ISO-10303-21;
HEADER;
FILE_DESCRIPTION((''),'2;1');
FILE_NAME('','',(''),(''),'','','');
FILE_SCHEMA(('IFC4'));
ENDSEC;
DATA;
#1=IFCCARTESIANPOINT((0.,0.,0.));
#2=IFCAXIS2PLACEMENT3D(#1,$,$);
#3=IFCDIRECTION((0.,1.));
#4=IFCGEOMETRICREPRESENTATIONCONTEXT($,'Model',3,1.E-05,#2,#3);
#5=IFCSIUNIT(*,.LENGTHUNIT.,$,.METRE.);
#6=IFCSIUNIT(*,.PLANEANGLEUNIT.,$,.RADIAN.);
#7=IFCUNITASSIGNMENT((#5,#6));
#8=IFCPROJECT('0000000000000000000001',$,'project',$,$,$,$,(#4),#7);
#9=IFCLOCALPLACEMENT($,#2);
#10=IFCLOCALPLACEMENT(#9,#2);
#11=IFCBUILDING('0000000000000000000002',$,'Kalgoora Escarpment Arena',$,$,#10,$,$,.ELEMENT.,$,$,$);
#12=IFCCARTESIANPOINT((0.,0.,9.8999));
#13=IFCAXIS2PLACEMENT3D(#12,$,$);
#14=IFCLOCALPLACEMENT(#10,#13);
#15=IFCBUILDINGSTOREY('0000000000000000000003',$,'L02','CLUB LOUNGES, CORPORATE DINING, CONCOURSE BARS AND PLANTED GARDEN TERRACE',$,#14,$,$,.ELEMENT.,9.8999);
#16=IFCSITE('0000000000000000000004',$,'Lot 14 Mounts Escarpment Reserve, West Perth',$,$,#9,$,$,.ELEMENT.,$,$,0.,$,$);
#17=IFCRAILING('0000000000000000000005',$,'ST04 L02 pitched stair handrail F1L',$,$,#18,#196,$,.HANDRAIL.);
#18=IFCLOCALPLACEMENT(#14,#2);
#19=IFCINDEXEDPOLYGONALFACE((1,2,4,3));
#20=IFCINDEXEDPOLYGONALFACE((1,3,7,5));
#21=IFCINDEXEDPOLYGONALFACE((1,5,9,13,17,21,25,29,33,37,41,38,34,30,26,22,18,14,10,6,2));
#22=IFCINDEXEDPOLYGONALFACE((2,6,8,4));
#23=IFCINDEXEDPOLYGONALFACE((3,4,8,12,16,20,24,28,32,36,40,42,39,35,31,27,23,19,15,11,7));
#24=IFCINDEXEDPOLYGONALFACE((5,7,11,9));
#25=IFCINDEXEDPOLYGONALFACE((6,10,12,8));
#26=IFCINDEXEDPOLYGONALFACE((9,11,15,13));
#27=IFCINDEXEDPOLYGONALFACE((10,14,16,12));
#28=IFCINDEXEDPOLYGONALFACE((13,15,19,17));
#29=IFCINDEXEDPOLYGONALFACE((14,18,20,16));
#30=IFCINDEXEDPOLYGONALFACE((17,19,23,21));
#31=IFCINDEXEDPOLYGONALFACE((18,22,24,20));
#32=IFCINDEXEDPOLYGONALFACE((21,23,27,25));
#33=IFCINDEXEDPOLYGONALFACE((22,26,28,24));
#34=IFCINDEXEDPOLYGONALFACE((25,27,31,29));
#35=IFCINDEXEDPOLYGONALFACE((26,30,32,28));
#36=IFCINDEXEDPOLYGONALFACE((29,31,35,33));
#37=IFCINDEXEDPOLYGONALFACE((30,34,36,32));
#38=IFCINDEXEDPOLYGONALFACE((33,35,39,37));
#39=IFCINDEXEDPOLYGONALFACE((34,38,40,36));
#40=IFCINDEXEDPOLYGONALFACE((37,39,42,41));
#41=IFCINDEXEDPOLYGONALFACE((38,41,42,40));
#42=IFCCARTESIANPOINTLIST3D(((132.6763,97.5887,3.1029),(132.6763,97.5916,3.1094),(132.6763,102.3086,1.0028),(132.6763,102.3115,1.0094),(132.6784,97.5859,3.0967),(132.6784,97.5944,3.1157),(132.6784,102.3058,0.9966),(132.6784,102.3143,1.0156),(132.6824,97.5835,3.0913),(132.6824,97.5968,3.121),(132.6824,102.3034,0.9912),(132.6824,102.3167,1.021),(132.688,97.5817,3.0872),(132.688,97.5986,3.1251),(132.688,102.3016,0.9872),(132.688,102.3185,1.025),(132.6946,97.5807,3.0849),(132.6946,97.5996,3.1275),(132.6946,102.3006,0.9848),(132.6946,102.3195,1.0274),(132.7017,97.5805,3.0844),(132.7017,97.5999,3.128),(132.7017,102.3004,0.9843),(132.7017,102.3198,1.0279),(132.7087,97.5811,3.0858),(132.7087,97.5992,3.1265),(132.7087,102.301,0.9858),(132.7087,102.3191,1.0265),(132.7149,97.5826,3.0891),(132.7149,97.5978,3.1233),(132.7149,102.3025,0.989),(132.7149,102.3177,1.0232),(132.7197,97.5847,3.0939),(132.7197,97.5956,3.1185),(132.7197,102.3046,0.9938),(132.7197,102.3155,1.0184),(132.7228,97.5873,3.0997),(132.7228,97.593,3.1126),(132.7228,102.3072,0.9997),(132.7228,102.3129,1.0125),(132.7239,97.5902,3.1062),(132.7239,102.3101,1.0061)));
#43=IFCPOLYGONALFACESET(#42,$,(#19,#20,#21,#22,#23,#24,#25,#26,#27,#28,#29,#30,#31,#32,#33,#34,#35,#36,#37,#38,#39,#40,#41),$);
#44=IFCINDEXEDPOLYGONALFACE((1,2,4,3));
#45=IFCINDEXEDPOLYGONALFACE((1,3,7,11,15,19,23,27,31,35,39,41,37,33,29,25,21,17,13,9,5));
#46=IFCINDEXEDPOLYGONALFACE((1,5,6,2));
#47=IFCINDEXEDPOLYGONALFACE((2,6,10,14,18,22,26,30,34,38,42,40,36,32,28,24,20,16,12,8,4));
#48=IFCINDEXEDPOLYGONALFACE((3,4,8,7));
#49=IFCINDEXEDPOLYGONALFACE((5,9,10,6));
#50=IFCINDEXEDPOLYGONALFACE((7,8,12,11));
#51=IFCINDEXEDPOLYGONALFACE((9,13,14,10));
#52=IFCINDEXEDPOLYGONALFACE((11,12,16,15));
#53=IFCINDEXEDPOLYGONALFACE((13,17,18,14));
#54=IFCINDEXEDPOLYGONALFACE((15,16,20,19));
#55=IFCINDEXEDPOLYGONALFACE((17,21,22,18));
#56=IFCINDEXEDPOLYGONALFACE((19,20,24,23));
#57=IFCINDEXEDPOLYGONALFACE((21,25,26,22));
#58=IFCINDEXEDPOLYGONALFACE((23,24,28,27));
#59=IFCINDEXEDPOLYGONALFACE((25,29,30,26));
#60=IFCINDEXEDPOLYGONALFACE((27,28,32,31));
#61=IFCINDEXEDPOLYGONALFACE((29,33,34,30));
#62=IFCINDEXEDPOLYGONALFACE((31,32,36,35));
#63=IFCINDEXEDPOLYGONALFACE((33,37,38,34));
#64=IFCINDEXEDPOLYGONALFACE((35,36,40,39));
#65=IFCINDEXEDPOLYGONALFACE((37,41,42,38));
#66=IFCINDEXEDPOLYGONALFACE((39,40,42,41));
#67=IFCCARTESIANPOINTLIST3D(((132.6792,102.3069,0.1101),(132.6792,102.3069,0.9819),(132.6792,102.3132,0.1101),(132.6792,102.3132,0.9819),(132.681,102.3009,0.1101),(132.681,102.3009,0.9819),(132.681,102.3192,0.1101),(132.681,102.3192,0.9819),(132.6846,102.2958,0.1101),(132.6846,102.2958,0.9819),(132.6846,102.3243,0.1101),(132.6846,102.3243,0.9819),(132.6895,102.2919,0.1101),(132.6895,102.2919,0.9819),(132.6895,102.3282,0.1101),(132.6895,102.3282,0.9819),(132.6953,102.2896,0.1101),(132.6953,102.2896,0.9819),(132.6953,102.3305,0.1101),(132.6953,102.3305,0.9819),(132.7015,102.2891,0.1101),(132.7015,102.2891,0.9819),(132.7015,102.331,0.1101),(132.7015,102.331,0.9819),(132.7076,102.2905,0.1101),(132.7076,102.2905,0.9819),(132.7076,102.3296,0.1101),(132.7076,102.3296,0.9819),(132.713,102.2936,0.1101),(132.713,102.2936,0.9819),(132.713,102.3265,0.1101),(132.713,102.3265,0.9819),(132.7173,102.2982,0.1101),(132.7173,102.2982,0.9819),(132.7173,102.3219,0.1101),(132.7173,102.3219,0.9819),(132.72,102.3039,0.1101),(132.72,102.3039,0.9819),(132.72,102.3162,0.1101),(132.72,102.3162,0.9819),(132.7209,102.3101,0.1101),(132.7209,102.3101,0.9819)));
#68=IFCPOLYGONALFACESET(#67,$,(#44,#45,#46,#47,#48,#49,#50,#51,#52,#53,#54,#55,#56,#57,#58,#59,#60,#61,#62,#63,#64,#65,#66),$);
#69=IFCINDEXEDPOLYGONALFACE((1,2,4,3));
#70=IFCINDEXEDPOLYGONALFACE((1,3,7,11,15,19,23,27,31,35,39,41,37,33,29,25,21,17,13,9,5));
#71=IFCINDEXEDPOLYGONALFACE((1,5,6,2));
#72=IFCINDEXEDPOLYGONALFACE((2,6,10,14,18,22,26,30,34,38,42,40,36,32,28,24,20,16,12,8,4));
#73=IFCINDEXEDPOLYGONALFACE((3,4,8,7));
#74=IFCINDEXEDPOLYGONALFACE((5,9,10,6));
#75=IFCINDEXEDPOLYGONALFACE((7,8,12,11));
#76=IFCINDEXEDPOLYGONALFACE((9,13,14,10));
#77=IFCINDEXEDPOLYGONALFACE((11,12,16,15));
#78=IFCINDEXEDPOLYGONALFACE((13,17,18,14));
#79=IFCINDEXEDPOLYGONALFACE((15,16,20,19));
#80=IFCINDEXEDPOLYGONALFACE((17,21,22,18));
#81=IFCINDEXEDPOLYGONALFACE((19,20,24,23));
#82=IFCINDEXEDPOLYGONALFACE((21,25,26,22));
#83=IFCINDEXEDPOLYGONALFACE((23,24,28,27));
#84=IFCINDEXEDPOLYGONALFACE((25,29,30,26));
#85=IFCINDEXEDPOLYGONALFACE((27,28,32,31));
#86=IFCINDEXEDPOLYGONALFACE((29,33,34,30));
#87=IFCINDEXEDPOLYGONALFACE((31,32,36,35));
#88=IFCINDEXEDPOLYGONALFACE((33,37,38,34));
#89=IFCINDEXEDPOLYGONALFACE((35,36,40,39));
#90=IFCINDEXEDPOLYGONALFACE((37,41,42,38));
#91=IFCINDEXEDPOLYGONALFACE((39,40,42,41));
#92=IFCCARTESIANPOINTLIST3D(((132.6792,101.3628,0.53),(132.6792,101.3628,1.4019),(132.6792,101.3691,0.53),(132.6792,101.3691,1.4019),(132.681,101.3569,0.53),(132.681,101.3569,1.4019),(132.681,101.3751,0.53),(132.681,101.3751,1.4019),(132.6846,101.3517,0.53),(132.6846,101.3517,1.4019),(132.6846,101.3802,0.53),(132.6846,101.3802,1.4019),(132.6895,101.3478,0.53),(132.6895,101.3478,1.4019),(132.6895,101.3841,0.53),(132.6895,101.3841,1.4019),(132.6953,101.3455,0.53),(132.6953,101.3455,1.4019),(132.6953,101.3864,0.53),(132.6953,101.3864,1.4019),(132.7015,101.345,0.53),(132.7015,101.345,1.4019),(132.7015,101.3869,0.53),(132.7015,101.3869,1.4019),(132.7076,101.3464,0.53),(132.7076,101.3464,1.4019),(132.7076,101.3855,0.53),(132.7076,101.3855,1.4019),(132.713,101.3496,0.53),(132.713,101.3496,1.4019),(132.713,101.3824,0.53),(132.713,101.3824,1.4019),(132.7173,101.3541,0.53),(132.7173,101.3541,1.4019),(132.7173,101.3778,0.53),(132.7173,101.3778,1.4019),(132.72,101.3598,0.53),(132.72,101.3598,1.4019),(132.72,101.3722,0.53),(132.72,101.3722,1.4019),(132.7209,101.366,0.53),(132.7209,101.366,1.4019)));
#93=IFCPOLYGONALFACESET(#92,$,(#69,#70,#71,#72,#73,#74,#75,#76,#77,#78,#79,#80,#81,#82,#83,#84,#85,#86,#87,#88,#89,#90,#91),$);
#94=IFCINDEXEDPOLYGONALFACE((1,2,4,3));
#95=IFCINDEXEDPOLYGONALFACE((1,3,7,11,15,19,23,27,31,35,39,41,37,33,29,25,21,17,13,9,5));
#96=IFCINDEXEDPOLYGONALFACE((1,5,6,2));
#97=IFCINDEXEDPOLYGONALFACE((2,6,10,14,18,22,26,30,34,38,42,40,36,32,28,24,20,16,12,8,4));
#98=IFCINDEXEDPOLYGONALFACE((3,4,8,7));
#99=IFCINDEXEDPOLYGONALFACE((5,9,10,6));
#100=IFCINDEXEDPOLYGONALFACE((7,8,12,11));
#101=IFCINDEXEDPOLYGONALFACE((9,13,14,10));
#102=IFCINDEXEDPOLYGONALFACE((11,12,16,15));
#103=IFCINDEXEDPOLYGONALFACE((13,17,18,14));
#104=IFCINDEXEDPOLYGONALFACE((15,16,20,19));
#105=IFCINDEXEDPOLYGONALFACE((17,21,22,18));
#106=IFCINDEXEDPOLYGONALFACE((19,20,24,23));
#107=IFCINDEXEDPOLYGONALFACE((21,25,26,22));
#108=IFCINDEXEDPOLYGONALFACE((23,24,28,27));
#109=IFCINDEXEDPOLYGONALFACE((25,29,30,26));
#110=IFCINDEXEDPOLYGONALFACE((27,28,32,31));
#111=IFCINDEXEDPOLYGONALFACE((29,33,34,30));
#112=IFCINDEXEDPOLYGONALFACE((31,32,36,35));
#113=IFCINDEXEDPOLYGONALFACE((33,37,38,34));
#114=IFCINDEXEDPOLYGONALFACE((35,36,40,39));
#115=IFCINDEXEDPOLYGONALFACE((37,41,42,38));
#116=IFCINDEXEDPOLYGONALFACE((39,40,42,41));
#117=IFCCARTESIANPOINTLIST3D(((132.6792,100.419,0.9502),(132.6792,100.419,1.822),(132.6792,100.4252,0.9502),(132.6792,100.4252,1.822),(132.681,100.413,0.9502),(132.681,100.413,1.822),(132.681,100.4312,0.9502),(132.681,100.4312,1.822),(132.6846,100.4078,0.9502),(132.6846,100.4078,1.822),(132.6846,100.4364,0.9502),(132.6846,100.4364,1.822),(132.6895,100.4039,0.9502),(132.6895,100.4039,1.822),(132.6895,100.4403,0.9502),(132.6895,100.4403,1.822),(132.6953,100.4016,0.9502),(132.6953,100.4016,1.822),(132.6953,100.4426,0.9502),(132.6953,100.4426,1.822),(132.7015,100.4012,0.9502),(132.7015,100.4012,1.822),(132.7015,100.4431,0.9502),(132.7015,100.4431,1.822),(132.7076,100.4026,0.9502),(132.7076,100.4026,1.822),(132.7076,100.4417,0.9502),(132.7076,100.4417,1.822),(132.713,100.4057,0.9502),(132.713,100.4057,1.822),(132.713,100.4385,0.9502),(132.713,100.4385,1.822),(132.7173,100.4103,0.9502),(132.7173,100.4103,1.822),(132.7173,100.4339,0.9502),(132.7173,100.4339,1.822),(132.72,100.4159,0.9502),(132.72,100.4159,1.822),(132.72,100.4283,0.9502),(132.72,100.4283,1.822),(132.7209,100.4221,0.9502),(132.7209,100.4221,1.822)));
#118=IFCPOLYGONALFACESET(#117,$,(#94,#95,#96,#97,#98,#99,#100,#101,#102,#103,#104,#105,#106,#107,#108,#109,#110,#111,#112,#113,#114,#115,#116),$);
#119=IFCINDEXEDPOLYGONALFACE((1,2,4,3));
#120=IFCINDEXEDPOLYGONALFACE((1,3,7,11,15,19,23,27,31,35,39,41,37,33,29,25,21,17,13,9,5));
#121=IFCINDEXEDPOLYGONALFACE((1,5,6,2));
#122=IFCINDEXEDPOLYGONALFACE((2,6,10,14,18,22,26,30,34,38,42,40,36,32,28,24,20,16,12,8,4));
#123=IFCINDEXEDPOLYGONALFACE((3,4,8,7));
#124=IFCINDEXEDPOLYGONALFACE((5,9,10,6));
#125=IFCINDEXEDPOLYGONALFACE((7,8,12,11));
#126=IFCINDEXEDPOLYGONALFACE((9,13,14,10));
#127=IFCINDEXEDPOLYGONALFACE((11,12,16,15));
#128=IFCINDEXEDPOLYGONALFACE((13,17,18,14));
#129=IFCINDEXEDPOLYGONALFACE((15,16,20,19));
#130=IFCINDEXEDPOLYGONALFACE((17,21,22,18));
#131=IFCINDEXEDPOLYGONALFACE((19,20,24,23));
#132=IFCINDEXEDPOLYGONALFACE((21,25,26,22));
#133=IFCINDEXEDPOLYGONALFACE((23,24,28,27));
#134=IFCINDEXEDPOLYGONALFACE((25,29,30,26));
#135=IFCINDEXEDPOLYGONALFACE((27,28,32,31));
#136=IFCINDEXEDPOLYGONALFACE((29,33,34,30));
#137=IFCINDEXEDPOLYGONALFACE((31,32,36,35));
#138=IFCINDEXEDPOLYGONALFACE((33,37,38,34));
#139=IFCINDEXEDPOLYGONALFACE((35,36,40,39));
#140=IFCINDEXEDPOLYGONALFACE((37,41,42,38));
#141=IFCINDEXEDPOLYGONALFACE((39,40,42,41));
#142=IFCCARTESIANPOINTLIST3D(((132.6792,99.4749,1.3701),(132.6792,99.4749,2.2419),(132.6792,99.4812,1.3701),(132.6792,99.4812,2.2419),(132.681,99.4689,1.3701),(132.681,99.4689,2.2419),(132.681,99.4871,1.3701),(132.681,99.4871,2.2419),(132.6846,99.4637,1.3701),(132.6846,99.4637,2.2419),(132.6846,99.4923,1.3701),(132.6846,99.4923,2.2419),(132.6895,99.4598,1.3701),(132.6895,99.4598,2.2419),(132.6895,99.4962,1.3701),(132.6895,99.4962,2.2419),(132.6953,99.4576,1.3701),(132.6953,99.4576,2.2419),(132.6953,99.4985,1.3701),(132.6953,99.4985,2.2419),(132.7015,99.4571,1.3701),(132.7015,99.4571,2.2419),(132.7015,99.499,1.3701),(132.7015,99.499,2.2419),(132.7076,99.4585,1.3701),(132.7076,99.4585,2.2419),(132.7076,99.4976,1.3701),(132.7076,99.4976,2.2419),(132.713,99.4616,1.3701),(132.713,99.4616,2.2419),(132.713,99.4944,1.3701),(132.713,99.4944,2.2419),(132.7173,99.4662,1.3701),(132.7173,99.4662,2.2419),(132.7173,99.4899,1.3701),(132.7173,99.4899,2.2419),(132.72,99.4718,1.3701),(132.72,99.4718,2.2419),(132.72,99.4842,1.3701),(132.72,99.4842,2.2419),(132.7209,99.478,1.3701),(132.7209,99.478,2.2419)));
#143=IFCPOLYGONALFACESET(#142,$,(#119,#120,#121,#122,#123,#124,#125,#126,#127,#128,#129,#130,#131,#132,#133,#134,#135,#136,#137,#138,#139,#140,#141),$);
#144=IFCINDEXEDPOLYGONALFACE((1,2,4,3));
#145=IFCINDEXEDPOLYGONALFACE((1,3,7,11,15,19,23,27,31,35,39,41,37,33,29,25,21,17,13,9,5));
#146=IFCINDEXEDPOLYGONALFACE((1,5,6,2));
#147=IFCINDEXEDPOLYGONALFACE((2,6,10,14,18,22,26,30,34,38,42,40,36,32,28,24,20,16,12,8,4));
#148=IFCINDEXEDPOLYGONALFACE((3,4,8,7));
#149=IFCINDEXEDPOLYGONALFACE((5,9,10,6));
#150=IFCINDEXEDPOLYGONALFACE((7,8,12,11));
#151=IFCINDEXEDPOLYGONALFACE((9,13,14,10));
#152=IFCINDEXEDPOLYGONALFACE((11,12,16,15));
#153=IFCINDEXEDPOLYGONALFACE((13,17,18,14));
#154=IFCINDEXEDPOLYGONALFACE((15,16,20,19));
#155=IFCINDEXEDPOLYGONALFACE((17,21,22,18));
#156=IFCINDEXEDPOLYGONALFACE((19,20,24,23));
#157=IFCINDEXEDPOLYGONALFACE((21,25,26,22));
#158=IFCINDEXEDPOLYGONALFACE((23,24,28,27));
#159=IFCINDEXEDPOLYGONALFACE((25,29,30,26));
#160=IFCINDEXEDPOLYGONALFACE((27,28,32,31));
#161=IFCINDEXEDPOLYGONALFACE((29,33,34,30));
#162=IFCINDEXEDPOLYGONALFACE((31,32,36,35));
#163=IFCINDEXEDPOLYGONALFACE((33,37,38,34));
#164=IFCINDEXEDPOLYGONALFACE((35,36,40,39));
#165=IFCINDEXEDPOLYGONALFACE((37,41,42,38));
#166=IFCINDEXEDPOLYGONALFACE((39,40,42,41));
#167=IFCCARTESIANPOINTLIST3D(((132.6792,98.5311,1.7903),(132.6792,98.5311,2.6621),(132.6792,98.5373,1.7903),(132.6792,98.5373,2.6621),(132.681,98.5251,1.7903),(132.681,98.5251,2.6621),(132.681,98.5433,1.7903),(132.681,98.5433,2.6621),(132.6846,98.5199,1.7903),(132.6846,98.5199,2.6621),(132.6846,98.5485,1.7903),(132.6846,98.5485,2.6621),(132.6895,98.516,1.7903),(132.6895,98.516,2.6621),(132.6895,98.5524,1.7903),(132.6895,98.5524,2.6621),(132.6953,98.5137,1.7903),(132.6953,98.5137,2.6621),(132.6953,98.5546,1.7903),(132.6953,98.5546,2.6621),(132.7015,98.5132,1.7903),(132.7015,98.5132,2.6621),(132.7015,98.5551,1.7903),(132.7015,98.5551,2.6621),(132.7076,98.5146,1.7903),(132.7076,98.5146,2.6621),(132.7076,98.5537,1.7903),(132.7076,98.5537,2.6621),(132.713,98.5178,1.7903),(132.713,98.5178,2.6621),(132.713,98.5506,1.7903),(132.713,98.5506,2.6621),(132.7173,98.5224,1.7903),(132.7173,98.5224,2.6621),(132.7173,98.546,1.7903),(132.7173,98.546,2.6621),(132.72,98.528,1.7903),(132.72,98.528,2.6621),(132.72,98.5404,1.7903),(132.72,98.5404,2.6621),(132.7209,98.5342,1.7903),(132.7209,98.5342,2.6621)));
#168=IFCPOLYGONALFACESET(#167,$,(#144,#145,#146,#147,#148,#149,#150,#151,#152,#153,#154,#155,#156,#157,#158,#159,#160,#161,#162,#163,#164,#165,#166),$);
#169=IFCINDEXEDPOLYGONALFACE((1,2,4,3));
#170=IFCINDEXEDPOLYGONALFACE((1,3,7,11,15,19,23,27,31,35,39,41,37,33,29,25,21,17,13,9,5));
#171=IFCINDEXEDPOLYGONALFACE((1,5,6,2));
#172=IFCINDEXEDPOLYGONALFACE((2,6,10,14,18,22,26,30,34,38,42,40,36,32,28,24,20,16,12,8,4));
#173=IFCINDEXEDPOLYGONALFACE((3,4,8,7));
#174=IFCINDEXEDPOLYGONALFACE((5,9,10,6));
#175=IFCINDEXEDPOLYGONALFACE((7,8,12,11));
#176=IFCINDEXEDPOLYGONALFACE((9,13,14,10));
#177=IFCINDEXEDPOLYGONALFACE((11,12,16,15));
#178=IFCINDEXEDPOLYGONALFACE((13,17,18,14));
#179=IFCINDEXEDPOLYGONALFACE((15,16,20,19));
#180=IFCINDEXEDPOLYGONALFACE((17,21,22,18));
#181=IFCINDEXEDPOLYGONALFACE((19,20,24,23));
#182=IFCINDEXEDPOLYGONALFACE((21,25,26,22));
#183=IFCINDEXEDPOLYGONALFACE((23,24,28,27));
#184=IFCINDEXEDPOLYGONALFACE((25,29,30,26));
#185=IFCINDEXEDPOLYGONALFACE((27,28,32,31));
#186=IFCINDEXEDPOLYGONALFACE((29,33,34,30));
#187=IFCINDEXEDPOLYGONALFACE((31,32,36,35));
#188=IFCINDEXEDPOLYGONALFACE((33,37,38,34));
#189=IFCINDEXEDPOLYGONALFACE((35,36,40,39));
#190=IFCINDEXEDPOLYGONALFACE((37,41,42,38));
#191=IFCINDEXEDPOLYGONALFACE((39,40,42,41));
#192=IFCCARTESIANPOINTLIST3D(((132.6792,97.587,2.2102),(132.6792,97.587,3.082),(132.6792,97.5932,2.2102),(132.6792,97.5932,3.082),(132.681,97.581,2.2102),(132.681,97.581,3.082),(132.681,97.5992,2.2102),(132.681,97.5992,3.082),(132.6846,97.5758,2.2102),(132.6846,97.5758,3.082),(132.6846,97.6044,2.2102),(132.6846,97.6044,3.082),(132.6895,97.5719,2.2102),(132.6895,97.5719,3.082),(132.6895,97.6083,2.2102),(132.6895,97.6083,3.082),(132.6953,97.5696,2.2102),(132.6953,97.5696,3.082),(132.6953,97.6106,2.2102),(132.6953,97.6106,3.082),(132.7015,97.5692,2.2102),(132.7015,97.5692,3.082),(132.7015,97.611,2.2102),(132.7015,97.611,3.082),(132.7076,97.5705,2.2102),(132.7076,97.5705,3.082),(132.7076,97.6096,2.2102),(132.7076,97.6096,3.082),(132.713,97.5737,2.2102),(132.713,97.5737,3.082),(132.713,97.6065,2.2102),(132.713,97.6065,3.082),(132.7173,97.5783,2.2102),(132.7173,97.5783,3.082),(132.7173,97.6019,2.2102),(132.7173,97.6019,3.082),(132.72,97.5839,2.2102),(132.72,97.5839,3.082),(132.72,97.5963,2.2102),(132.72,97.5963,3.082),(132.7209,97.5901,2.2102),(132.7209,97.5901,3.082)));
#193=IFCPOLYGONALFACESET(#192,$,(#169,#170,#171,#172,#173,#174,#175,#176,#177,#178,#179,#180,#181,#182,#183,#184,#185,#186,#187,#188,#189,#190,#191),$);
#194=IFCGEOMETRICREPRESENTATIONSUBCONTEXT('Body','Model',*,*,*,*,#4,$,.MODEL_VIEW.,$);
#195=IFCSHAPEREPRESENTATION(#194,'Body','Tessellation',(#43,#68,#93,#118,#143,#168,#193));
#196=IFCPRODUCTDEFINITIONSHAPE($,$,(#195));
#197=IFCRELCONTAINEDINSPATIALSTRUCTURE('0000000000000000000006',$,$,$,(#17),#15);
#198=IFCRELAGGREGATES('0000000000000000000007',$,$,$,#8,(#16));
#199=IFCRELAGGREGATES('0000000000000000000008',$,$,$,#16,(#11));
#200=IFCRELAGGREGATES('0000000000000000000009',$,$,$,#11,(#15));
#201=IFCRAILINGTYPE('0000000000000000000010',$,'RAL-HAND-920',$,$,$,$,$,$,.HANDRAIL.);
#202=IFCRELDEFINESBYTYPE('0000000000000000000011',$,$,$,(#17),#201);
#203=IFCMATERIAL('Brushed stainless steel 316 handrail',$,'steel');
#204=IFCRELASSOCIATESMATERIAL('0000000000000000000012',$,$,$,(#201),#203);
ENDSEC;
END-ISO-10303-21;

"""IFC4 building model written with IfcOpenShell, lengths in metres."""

from ifc_helpers import new_model, si_unit, direction, frame, origin, origin_2d, place, context, subcontext, project, spatial, circle, extrude, material, type_object, element, save


model = new_model("IFC4")

# Units and contexts
model_context = context("Model", 3, precision=1e-05, world=origin(), true_north=direction((0.0, 1.0)))
body_context = subcontext(model_context, "Body", "Model", "MODEL_VIEW")
ifc_project = project(units=[si_unit("LENGTHUNIT", "METRE"), si_unit("PLANEANGLEUNIT", "RADIAN")], contexts=[model_context])

# Site, building, storey
site_placement = place(None, origin())
site = spatial("IfcSite", under=ifc_project, at=site_placement, Name="Lot 14 Mounts Escarpment Reserve, West Perth", CompositionType="ELEMENT", RefElevation=0.0)
building_placement = place(site_placement, origin())
building = spatial("IfcBuilding", under=site, at=building_placement, Name="Kalgoora Escarpment Arena", CompositionType="ELEMENT")
storey_placement = place(building_placement, frame((0.0, 0.0, 9.8999)))
storey = spatial("IfcBuildingStorey", under=building, at=storey_placement, Name="L02", Description="CLUB LOUNGES, CORPORATE DINING, CONCOURSE BARS AND PLANTED GARDEN TERRACE", CompositionType="ELEMENT", Elevation=9.8999)

# Railing
ifc_material_1 = material(Name="Brushed stainless steel 316 handrail", Category="steel")
railing_type_1 = type_object("IfcRailingType", Name="RAL-HAND-920", PredefinedType="HANDRAIL", material=ifc_material_1)
for number, where, name in (
    (1, (132.7, 102.3101, 0.1101), "ST04 L02 pitched stair handrail F1L"),
):
    element("IfcRailing", number, at=place(storey_placement, frame(where)), inside=storey, type_object=railing_type_1, Name=name, PredefinedType="HANDRAIL", context=body_context, shape_type="SweptSolid", body=[
        extrude(circle(Radius=0.0239, at=origin_2d()), frame((0.0, 0.0, 0.896), z_axis=(0.0, -0.913644, 0.406516), x_axis=(1.0, 0.0, 0.0)), (0.0, 0.0, 1.0), 5.166),
        extrude(circle(Radius=0.021, at=origin_2d()), origin(), (0.0, 0.0, 1.0), 0.8718),
        extrude(circle(Radius=0.021, at=origin_2d()), frame((0.0, -0.9441, 0.4199)), (0.0, 0.0, 1.0), 0.8718),
        extrude(circle(Radius=0.021, at=origin_2d()), frame((0.0, -1.8879, 0.8401)), (0.0, 0.0, 1.0), 0.8718),
        extrude(circle(Radius=0.021, at=origin_2d()), frame((0.0, -2.832, 1.26)), (0.0, 0.0, 1.0), 0.8718),
        extrude(circle(Radius=0.021, at=origin_2d()), frame((0.0, -3.7759, 1.6802)), (0.0, 0.0, 1.0), 0.8718),
        extrude(circle(Radius=0.021, at=origin_2d()), frame((0.0, -4.72, 2.1001)), (0.0, 0.0, 1.0), 0.8718),
    ])

save(model, "model.ifc")
